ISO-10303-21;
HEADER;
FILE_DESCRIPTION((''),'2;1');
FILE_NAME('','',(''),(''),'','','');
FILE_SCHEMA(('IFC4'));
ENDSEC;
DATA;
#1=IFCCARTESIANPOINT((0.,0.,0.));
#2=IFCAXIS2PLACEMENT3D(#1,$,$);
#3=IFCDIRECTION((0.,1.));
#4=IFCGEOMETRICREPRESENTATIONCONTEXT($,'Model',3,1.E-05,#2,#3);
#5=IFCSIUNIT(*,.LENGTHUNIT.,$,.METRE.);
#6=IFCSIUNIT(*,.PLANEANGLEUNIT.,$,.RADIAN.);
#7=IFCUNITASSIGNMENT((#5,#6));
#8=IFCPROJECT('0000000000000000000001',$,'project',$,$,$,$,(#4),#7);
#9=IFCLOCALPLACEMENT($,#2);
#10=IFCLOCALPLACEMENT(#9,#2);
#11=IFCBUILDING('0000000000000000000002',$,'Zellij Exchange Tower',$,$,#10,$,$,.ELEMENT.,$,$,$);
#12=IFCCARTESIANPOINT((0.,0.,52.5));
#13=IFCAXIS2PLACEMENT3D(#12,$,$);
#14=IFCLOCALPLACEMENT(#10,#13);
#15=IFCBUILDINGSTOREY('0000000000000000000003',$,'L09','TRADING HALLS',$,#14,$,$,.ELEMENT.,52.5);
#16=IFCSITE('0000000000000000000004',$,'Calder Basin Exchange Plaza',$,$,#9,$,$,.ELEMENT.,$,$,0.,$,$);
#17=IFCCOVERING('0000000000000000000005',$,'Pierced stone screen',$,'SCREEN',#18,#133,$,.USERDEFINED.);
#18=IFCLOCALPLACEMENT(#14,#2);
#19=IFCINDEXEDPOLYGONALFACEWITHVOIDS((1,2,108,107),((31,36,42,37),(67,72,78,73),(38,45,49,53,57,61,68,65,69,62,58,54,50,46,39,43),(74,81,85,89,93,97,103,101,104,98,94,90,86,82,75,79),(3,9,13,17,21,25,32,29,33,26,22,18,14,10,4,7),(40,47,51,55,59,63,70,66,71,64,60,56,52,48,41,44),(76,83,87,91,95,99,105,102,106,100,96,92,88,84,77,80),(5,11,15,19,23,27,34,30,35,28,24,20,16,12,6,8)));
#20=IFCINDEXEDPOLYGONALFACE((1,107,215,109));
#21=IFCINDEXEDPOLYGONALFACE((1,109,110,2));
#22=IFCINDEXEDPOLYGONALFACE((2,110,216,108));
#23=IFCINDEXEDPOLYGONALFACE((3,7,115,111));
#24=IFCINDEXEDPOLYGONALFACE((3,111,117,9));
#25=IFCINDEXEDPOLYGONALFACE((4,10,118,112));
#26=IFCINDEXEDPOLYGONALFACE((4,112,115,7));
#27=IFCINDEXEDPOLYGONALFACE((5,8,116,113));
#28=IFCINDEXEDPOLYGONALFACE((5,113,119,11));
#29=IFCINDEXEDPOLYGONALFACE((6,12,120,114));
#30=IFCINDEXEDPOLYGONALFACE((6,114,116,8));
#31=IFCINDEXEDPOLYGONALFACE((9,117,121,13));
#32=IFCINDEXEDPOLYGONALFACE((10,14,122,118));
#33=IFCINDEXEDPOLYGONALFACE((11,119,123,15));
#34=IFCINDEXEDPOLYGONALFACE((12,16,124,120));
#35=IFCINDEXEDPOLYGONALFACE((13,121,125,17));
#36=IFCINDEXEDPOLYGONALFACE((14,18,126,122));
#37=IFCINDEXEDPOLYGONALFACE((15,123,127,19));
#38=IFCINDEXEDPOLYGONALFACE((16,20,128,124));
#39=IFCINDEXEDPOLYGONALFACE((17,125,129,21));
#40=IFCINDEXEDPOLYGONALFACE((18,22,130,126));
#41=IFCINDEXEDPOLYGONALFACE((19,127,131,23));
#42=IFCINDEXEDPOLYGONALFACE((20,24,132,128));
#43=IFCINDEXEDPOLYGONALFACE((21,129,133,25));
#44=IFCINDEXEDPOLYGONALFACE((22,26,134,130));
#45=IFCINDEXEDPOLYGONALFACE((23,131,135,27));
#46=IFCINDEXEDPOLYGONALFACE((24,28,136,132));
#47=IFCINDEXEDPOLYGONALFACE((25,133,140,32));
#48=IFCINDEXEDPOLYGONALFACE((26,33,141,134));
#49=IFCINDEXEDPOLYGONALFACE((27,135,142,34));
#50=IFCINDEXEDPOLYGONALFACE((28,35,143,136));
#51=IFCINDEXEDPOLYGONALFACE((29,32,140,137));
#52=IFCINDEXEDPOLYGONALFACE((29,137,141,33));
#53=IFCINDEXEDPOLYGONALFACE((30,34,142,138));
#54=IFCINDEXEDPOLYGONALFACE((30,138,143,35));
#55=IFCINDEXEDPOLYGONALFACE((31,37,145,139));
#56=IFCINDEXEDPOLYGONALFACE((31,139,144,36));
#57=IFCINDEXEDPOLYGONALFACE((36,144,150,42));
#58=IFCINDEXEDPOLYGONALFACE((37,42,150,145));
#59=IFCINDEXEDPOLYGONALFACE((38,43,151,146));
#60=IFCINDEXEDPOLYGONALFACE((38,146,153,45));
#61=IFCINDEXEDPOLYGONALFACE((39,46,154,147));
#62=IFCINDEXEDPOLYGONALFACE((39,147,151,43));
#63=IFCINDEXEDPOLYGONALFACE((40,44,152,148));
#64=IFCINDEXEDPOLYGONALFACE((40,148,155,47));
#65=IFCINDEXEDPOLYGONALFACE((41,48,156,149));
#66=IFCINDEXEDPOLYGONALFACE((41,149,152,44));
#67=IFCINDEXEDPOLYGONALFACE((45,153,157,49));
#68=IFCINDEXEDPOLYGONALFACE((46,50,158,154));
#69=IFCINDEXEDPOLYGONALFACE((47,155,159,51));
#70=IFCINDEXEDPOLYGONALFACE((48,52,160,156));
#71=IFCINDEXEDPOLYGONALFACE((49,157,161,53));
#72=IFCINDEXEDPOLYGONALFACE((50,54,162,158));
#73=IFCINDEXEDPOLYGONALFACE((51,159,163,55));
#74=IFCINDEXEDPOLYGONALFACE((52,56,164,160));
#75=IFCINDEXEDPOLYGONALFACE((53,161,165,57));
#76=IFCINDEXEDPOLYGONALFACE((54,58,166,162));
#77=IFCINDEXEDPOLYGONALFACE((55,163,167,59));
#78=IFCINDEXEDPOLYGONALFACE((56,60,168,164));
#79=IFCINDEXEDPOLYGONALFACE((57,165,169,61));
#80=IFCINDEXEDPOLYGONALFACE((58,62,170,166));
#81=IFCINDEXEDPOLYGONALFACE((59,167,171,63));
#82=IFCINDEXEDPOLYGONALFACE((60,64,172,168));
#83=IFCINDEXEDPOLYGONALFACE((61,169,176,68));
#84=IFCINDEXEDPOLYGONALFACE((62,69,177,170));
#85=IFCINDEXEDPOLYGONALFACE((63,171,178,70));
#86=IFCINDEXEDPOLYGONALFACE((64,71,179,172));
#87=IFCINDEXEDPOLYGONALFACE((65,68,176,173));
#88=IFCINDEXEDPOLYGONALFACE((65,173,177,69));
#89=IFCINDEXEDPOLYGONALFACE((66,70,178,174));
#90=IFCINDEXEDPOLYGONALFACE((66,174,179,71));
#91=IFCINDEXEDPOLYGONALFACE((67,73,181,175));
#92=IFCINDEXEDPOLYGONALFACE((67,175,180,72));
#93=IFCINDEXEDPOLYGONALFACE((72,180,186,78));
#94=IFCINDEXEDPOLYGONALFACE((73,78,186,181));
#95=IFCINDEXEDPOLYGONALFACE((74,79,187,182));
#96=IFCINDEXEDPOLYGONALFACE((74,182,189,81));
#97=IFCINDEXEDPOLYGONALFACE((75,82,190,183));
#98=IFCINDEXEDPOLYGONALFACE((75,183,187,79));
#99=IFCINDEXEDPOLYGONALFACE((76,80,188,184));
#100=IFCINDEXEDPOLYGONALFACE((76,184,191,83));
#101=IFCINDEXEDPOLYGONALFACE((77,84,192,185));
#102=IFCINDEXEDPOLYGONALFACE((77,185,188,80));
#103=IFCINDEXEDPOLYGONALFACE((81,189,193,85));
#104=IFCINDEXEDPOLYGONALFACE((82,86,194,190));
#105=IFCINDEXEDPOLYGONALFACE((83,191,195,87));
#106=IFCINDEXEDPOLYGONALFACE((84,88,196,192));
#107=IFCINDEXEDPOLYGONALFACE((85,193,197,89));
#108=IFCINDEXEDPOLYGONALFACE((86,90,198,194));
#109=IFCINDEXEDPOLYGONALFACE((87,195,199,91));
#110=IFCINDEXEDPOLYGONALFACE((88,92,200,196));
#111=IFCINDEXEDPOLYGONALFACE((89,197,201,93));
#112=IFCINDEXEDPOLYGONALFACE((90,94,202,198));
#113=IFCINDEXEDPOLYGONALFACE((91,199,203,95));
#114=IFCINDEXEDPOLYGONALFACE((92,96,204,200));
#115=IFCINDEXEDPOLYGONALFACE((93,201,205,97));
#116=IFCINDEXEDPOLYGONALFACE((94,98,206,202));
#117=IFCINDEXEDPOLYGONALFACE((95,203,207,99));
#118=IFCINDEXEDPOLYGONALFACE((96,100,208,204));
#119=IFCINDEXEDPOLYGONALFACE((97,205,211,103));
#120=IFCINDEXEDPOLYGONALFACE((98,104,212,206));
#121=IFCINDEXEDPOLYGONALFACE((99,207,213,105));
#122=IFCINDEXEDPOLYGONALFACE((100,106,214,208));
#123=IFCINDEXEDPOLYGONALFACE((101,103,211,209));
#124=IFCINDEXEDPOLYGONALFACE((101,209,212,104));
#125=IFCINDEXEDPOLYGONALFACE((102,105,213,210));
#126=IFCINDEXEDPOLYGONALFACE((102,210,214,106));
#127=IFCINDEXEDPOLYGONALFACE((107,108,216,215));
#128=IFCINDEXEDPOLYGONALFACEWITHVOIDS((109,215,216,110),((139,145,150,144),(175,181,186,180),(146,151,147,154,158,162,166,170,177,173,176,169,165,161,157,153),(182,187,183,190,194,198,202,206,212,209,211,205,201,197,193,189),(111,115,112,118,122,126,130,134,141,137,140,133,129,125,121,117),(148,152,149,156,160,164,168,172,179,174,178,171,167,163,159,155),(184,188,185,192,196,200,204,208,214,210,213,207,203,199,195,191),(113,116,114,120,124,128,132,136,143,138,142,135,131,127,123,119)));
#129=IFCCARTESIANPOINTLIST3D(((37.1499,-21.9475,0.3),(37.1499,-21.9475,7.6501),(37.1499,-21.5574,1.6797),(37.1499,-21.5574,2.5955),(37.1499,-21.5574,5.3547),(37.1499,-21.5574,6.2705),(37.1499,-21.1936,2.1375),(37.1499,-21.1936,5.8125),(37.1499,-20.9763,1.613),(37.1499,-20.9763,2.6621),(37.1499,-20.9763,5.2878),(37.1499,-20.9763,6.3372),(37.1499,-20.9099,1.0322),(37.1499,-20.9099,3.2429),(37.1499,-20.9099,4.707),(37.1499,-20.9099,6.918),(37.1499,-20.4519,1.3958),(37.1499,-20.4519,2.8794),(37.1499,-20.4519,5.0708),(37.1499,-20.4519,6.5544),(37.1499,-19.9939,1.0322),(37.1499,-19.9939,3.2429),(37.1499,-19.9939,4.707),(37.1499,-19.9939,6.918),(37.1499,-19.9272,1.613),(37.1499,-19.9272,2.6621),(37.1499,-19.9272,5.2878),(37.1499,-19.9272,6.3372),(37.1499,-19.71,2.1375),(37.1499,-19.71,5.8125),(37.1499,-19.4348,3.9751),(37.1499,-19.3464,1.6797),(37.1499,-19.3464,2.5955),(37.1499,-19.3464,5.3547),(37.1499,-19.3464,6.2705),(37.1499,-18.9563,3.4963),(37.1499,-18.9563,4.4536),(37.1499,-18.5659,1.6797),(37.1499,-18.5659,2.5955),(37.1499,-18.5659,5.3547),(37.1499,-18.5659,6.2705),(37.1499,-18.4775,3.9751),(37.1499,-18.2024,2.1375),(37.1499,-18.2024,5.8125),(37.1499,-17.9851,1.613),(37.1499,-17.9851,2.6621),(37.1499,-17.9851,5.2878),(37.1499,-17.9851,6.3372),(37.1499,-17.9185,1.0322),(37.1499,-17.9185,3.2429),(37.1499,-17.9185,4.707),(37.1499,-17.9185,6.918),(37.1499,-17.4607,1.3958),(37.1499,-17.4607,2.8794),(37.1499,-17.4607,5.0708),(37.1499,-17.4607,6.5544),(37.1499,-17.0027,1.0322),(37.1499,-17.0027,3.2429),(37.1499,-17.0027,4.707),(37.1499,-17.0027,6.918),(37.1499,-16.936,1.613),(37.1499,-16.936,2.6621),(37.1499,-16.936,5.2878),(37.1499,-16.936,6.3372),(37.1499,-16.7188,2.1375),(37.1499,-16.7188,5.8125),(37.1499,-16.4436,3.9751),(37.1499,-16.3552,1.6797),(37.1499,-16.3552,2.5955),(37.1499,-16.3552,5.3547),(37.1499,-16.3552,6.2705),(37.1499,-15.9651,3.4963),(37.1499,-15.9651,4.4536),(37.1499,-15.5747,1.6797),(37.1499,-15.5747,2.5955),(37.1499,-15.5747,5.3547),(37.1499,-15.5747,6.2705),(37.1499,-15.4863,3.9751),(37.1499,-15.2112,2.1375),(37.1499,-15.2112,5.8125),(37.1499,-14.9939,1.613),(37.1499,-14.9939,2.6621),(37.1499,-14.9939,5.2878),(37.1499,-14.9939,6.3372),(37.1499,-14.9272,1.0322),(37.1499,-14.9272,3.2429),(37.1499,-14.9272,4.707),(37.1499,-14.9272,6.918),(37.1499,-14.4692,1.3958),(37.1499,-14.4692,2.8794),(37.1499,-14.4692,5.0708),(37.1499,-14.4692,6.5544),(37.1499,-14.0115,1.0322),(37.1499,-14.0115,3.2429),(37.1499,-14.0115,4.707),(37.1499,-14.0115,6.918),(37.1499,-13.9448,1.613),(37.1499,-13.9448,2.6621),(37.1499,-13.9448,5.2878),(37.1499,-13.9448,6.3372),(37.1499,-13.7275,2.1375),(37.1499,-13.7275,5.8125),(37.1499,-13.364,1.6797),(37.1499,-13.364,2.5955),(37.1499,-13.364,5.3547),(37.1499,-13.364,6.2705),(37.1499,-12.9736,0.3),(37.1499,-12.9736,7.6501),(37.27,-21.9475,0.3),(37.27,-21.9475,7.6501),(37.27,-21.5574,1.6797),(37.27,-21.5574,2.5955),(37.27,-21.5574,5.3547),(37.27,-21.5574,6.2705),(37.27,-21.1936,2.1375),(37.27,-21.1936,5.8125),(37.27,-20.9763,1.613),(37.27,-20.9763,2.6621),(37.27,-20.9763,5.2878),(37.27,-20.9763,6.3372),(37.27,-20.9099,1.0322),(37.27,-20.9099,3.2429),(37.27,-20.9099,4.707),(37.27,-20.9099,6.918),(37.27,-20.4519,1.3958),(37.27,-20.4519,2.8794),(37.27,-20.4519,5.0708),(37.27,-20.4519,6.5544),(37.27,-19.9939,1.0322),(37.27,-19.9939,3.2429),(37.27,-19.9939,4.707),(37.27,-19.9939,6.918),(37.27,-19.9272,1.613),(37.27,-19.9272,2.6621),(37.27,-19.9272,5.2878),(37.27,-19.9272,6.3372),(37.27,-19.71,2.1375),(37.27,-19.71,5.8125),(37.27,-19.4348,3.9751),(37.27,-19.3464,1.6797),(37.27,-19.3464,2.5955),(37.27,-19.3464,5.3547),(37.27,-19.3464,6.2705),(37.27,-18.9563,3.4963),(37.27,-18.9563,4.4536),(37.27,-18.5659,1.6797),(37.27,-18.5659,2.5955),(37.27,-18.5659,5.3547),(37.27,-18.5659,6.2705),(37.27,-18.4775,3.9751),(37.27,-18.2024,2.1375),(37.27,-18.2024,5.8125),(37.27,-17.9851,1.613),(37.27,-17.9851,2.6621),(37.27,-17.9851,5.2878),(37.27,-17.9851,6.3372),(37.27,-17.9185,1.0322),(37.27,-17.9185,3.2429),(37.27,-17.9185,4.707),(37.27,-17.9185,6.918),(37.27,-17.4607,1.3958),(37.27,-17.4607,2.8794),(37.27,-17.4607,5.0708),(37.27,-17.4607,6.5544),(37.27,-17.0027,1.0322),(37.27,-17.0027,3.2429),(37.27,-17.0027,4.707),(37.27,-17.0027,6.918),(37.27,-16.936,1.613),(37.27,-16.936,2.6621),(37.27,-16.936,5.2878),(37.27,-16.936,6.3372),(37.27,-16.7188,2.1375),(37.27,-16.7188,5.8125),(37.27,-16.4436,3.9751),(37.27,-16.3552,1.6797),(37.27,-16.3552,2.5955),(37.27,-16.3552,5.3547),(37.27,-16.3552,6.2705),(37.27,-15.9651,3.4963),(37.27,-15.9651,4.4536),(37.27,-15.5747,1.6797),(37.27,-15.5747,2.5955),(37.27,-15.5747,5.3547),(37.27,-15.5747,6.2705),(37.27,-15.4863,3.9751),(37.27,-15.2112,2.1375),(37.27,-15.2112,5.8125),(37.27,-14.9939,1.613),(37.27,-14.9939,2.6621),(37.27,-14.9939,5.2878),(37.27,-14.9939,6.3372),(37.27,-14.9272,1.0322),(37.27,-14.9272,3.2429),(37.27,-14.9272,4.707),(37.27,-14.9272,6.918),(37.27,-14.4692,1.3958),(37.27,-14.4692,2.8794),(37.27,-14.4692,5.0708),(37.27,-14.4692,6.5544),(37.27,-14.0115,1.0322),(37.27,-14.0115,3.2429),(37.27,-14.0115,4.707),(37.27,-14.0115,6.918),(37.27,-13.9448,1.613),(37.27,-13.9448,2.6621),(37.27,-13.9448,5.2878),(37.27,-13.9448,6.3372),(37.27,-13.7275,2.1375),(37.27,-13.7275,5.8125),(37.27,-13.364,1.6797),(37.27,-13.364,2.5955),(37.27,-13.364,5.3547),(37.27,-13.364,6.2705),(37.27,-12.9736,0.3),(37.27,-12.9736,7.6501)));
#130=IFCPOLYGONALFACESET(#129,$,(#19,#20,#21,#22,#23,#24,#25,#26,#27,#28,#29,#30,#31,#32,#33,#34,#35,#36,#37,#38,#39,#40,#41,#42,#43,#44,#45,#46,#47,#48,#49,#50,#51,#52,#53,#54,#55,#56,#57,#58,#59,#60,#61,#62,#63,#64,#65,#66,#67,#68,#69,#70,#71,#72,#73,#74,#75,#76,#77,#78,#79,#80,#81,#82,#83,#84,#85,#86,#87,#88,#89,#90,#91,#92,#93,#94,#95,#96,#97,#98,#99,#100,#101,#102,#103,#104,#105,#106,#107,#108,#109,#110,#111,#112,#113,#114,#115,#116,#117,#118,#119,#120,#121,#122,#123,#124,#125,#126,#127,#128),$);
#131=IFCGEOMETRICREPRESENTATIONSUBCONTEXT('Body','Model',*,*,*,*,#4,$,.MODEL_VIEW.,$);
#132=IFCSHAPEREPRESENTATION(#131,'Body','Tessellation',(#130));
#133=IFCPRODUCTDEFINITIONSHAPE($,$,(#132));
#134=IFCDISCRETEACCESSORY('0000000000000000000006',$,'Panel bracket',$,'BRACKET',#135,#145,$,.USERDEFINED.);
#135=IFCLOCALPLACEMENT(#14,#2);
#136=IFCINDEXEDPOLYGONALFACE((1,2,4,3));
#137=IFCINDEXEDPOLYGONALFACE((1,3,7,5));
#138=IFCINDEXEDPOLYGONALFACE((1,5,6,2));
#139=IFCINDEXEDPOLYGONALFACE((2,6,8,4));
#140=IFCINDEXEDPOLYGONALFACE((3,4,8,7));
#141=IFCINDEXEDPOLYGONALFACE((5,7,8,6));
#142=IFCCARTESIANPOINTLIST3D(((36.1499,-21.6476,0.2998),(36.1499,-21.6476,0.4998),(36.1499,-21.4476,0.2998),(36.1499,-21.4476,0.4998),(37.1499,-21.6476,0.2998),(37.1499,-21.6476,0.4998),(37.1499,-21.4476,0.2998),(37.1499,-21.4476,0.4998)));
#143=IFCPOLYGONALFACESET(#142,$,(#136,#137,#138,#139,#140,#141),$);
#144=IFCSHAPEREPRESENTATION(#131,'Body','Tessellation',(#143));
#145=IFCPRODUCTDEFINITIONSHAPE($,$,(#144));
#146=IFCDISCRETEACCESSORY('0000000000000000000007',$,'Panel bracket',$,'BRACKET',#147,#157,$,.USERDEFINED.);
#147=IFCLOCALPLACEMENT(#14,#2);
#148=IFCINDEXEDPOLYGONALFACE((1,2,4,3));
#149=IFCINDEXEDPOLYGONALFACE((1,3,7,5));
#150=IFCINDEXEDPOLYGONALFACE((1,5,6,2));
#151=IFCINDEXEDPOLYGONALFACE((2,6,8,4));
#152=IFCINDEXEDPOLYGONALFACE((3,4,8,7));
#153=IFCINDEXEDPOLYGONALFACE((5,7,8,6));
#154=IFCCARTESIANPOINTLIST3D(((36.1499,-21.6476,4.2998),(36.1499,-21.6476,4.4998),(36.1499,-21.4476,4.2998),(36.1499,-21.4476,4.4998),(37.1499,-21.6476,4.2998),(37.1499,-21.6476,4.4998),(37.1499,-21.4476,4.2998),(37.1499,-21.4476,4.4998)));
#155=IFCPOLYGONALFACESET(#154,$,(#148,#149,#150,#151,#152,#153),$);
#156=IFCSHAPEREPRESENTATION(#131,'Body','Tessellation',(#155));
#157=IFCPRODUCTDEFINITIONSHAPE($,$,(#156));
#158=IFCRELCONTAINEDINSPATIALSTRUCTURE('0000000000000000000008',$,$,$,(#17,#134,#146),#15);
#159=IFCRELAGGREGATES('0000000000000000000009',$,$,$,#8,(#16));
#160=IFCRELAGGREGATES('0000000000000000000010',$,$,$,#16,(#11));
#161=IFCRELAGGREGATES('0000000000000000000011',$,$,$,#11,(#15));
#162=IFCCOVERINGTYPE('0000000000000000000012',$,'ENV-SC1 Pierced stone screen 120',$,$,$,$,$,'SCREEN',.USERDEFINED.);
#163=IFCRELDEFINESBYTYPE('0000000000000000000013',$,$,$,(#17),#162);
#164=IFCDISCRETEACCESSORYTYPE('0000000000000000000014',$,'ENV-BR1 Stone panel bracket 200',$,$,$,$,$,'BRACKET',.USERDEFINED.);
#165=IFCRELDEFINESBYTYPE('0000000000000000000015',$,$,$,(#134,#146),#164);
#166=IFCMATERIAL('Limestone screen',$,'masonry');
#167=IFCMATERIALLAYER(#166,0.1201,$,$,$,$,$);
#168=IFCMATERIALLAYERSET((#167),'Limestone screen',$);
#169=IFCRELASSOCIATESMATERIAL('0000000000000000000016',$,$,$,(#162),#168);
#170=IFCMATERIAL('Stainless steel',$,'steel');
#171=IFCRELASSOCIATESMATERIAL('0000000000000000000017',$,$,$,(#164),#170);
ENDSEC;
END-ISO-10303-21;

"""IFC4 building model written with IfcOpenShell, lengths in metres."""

from ifc_helpers import new_model, si_unit, direction, frame, origin, origin_2d, place, context, subcontext, project, spatial, polyline, rectangle, outline, extrude, material, layer, layer_set, type_object, element, save


model = new_model("IFC4")

# Units and contexts
model_context = context("Model", 3, precision=1e-05, world=origin(), true_north=direction((0.0, 1.0)))
body_context = subcontext(model_context, "Body", "Model", "MODEL_VIEW")
ifc_project = project(units=[si_unit("LENGTHUNIT", "METRE"), si_unit("PLANEANGLEUNIT", "RADIAN")], contexts=[model_context])

# Site, building, storey
site_placement = place(None, origin())
site = spatial("IfcSite", under=ifc_project, at=site_placement, Name="Calder Basin Exchange Plaza", CompositionType="ELEMENT", RefElevation=0.0)
building_placement = place(site_placement, origin())
building = spatial("IfcBuilding", under=site, at=building_placement, Name="Zellij Exchange Tower", CompositionType="ELEMENT")
storey_placement = place(building_placement, frame((0.0, 0.0, 52.5)))
storey = spatial("IfcBuildingStorey", under=building, at=storey_placement, Name="L09", Description="TRADING HALLS", CompositionType="ELEMENT", Elevation=52.5)

# Covering
ifc_material_1 = material(Name="Limestone screen", Category="masonry")
ifc_layer_1 = layer(ifc_material_1, 0.1201)
ifc_layer_set_1 = layer_set([ifc_layer_1], Name="Limestone screen")
covering_type = type_object("IfcCoveringType", Name="ENV-SC1 Pierced stone screen 120", ElementType="SCREEN", PredefinedType="USERDEFINED", material=ifc_layer_set_1)
covering_placement = place(storey_placement, frame((37.21, -21.9475, 0.3), z_axis=(0.0, 0.0, 1.0), x_axis=(0.0, 1.0, 0.0)))
element("IfcCovering", 1, at=covering_placement, inside=storey, type_object=covering_type, Name="Pierced stone screen", ObjectType="SCREEN", PredefinedType="USERDEFINED", context=body_context, shape_type="SweptSolid", body=[
    extrude(outline(polyline([(0.0, 0.0), (8.9739, 0.0), (8.9739, 7.3501), (0.0, 7.3501), (0.0, 0.0)]), holes=[polyline([(2.6011, 2.2954), (2.0203, 2.3621), (1.9536, 2.9429), (1.4956, 2.5793), (1.0376, 2.9429), (0.9712, 2.3621), (0.3901, 2.2954), (0.7539, 1.8374), (0.3901, 1.3796), (0.9712, 1.313), (1.0376, 0.7322), (1.4956, 1.0957), (1.9536, 0.7322), (2.0203, 1.313), (2.6011, 1.3796), (2.2375, 1.8374), (2.6011, 2.2954)]), polyline([(2.6011, 5.9705), (2.0203, 6.0371), (1.9536, 6.6179), (1.4956, 6.2544), (1.0376, 6.6179), (0.9712, 6.0371), (0.3901, 5.9705), (0.7539, 5.5125), (0.3901, 5.0547), (0.9712, 4.9878), (1.0376, 4.407), (1.4956, 4.7708), (1.9536, 4.407), (2.0203, 4.9878), (2.6011, 5.0547), (2.2375, 5.5125), (2.6011, 5.9705)]), polyline([(5.5923, 2.2954), (5.0115, 2.3621), (4.9448, 2.9429), (4.4868, 2.5793), (4.0291, 2.9429), (3.9624, 2.3621), (3.3816, 2.2954), (3.7451, 1.8374), (3.3816, 1.3796), (3.9624, 1.313), (4.0291, 0.7322), (4.4868, 1.0957), (4.9448, 0.7322), (5.0115, 1.313), (5.5923, 1.3796), (5.2288, 1.8374), (5.5923, 2.2954)]), polyline([(5.5923, 5.9705), (5.0115, 6.0371), (4.9448, 6.6179), (4.4868, 6.2544), (4.0291, 6.6179), (3.9624, 6.0371), (3.3816, 5.9705), (3.7451, 5.5125), (3.3816, 5.0547), (3.9624, 4.9878), (4.0291, 4.407), (4.4868, 4.7708), (4.9448, 4.407), (5.0115, 4.9878), (5.5923, 5.0547), (5.2288, 5.5125), (5.5923, 5.9705)]), polyline([(8.5835, 2.2954), (8.0027, 2.3621), (7.936, 2.9429), (7.4783, 2.5793), (7.0203, 2.9429), (6.9536, 2.3621), (6.3728, 2.2954), (6.7363, 1.8374), (6.3728, 1.3796), (6.9536, 1.313), (7.0203, 0.7322), (7.4783, 1.0957), (7.936, 0.7322), (8.0027, 1.313), (8.5835, 1.3796), (8.22, 1.8374), (8.5835, 2.2954)]), polyline([(8.5835, 5.9705), (8.0027, 6.0371), (7.936, 6.6179), (7.4783, 6.2544), (7.0203, 6.6179), (6.9536, 6.0371), (6.3728, 5.9705), (6.7363, 5.5125), (6.3728, 5.0547), (6.9536, 4.9878), (7.0203, 4.407), (7.4783, 4.7708), (7.936, 4.407), (8.0027, 4.9878), (8.5835, 5.0547), (8.22, 5.5125), (8.5835, 5.9705)]), polyline([(3.47, 3.675), (2.9912, 4.1536), (2.5127, 3.675), (2.9912, 3.1963), (3.47, 3.675)]), polyline([(6.4612, 3.675), (5.9824, 4.1536), (5.5039, 3.675), (5.9824, 3.1963), (6.4612, 3.675)])]), frame((0.0, 0.0601, 0.0), z_axis=(0.0, -1.0, 0.0), x_axis=(1.0, 0.0, 0.0)), (0.0, 0.0, 1.0), 0.1201),
])

# Discrete accessories
ifc_material_2 = material(Name="Stainless steel", Category="steel")
discrete_accessory_type = type_object("IfcDiscreteAccessoryType", Name="ENV-BR1 Stone panel bracket 200", ElementType="BRACKET", PredefinedType="USERDEFINED", material=ifc_material_2)
for number, where, z_axis, x_axis, name in (
    (2, (36.6499, -21.5476, 0.2998), (0.0, 0.0, 1.0), (0.0, 1.0, 0.0), "Panel bracket"),
    (3, (36.6499, -21.5476, 4.2998), (0.0, 0.0, 1.0), (0.0, 1.0, 0.0), "Panel bracket"),
):
    element("IfcDiscreteAccessory", number, at=place(storey_placement, frame(where, z_axis=z_axis, x_axis=x_axis)), inside=storey, type_object=discrete_accessory_type, Name=name, ObjectType="BRACKET", PredefinedType="USERDEFINED", context=body_context, shape_type="SweptSolid", body=[
        extrude(rectangle(XDim=0.2, YDim=1.0, at=origin_2d()), origin(), (0.0, 0.0, 1.0), 0.2),
    ])

save(model, "model.ifc")
